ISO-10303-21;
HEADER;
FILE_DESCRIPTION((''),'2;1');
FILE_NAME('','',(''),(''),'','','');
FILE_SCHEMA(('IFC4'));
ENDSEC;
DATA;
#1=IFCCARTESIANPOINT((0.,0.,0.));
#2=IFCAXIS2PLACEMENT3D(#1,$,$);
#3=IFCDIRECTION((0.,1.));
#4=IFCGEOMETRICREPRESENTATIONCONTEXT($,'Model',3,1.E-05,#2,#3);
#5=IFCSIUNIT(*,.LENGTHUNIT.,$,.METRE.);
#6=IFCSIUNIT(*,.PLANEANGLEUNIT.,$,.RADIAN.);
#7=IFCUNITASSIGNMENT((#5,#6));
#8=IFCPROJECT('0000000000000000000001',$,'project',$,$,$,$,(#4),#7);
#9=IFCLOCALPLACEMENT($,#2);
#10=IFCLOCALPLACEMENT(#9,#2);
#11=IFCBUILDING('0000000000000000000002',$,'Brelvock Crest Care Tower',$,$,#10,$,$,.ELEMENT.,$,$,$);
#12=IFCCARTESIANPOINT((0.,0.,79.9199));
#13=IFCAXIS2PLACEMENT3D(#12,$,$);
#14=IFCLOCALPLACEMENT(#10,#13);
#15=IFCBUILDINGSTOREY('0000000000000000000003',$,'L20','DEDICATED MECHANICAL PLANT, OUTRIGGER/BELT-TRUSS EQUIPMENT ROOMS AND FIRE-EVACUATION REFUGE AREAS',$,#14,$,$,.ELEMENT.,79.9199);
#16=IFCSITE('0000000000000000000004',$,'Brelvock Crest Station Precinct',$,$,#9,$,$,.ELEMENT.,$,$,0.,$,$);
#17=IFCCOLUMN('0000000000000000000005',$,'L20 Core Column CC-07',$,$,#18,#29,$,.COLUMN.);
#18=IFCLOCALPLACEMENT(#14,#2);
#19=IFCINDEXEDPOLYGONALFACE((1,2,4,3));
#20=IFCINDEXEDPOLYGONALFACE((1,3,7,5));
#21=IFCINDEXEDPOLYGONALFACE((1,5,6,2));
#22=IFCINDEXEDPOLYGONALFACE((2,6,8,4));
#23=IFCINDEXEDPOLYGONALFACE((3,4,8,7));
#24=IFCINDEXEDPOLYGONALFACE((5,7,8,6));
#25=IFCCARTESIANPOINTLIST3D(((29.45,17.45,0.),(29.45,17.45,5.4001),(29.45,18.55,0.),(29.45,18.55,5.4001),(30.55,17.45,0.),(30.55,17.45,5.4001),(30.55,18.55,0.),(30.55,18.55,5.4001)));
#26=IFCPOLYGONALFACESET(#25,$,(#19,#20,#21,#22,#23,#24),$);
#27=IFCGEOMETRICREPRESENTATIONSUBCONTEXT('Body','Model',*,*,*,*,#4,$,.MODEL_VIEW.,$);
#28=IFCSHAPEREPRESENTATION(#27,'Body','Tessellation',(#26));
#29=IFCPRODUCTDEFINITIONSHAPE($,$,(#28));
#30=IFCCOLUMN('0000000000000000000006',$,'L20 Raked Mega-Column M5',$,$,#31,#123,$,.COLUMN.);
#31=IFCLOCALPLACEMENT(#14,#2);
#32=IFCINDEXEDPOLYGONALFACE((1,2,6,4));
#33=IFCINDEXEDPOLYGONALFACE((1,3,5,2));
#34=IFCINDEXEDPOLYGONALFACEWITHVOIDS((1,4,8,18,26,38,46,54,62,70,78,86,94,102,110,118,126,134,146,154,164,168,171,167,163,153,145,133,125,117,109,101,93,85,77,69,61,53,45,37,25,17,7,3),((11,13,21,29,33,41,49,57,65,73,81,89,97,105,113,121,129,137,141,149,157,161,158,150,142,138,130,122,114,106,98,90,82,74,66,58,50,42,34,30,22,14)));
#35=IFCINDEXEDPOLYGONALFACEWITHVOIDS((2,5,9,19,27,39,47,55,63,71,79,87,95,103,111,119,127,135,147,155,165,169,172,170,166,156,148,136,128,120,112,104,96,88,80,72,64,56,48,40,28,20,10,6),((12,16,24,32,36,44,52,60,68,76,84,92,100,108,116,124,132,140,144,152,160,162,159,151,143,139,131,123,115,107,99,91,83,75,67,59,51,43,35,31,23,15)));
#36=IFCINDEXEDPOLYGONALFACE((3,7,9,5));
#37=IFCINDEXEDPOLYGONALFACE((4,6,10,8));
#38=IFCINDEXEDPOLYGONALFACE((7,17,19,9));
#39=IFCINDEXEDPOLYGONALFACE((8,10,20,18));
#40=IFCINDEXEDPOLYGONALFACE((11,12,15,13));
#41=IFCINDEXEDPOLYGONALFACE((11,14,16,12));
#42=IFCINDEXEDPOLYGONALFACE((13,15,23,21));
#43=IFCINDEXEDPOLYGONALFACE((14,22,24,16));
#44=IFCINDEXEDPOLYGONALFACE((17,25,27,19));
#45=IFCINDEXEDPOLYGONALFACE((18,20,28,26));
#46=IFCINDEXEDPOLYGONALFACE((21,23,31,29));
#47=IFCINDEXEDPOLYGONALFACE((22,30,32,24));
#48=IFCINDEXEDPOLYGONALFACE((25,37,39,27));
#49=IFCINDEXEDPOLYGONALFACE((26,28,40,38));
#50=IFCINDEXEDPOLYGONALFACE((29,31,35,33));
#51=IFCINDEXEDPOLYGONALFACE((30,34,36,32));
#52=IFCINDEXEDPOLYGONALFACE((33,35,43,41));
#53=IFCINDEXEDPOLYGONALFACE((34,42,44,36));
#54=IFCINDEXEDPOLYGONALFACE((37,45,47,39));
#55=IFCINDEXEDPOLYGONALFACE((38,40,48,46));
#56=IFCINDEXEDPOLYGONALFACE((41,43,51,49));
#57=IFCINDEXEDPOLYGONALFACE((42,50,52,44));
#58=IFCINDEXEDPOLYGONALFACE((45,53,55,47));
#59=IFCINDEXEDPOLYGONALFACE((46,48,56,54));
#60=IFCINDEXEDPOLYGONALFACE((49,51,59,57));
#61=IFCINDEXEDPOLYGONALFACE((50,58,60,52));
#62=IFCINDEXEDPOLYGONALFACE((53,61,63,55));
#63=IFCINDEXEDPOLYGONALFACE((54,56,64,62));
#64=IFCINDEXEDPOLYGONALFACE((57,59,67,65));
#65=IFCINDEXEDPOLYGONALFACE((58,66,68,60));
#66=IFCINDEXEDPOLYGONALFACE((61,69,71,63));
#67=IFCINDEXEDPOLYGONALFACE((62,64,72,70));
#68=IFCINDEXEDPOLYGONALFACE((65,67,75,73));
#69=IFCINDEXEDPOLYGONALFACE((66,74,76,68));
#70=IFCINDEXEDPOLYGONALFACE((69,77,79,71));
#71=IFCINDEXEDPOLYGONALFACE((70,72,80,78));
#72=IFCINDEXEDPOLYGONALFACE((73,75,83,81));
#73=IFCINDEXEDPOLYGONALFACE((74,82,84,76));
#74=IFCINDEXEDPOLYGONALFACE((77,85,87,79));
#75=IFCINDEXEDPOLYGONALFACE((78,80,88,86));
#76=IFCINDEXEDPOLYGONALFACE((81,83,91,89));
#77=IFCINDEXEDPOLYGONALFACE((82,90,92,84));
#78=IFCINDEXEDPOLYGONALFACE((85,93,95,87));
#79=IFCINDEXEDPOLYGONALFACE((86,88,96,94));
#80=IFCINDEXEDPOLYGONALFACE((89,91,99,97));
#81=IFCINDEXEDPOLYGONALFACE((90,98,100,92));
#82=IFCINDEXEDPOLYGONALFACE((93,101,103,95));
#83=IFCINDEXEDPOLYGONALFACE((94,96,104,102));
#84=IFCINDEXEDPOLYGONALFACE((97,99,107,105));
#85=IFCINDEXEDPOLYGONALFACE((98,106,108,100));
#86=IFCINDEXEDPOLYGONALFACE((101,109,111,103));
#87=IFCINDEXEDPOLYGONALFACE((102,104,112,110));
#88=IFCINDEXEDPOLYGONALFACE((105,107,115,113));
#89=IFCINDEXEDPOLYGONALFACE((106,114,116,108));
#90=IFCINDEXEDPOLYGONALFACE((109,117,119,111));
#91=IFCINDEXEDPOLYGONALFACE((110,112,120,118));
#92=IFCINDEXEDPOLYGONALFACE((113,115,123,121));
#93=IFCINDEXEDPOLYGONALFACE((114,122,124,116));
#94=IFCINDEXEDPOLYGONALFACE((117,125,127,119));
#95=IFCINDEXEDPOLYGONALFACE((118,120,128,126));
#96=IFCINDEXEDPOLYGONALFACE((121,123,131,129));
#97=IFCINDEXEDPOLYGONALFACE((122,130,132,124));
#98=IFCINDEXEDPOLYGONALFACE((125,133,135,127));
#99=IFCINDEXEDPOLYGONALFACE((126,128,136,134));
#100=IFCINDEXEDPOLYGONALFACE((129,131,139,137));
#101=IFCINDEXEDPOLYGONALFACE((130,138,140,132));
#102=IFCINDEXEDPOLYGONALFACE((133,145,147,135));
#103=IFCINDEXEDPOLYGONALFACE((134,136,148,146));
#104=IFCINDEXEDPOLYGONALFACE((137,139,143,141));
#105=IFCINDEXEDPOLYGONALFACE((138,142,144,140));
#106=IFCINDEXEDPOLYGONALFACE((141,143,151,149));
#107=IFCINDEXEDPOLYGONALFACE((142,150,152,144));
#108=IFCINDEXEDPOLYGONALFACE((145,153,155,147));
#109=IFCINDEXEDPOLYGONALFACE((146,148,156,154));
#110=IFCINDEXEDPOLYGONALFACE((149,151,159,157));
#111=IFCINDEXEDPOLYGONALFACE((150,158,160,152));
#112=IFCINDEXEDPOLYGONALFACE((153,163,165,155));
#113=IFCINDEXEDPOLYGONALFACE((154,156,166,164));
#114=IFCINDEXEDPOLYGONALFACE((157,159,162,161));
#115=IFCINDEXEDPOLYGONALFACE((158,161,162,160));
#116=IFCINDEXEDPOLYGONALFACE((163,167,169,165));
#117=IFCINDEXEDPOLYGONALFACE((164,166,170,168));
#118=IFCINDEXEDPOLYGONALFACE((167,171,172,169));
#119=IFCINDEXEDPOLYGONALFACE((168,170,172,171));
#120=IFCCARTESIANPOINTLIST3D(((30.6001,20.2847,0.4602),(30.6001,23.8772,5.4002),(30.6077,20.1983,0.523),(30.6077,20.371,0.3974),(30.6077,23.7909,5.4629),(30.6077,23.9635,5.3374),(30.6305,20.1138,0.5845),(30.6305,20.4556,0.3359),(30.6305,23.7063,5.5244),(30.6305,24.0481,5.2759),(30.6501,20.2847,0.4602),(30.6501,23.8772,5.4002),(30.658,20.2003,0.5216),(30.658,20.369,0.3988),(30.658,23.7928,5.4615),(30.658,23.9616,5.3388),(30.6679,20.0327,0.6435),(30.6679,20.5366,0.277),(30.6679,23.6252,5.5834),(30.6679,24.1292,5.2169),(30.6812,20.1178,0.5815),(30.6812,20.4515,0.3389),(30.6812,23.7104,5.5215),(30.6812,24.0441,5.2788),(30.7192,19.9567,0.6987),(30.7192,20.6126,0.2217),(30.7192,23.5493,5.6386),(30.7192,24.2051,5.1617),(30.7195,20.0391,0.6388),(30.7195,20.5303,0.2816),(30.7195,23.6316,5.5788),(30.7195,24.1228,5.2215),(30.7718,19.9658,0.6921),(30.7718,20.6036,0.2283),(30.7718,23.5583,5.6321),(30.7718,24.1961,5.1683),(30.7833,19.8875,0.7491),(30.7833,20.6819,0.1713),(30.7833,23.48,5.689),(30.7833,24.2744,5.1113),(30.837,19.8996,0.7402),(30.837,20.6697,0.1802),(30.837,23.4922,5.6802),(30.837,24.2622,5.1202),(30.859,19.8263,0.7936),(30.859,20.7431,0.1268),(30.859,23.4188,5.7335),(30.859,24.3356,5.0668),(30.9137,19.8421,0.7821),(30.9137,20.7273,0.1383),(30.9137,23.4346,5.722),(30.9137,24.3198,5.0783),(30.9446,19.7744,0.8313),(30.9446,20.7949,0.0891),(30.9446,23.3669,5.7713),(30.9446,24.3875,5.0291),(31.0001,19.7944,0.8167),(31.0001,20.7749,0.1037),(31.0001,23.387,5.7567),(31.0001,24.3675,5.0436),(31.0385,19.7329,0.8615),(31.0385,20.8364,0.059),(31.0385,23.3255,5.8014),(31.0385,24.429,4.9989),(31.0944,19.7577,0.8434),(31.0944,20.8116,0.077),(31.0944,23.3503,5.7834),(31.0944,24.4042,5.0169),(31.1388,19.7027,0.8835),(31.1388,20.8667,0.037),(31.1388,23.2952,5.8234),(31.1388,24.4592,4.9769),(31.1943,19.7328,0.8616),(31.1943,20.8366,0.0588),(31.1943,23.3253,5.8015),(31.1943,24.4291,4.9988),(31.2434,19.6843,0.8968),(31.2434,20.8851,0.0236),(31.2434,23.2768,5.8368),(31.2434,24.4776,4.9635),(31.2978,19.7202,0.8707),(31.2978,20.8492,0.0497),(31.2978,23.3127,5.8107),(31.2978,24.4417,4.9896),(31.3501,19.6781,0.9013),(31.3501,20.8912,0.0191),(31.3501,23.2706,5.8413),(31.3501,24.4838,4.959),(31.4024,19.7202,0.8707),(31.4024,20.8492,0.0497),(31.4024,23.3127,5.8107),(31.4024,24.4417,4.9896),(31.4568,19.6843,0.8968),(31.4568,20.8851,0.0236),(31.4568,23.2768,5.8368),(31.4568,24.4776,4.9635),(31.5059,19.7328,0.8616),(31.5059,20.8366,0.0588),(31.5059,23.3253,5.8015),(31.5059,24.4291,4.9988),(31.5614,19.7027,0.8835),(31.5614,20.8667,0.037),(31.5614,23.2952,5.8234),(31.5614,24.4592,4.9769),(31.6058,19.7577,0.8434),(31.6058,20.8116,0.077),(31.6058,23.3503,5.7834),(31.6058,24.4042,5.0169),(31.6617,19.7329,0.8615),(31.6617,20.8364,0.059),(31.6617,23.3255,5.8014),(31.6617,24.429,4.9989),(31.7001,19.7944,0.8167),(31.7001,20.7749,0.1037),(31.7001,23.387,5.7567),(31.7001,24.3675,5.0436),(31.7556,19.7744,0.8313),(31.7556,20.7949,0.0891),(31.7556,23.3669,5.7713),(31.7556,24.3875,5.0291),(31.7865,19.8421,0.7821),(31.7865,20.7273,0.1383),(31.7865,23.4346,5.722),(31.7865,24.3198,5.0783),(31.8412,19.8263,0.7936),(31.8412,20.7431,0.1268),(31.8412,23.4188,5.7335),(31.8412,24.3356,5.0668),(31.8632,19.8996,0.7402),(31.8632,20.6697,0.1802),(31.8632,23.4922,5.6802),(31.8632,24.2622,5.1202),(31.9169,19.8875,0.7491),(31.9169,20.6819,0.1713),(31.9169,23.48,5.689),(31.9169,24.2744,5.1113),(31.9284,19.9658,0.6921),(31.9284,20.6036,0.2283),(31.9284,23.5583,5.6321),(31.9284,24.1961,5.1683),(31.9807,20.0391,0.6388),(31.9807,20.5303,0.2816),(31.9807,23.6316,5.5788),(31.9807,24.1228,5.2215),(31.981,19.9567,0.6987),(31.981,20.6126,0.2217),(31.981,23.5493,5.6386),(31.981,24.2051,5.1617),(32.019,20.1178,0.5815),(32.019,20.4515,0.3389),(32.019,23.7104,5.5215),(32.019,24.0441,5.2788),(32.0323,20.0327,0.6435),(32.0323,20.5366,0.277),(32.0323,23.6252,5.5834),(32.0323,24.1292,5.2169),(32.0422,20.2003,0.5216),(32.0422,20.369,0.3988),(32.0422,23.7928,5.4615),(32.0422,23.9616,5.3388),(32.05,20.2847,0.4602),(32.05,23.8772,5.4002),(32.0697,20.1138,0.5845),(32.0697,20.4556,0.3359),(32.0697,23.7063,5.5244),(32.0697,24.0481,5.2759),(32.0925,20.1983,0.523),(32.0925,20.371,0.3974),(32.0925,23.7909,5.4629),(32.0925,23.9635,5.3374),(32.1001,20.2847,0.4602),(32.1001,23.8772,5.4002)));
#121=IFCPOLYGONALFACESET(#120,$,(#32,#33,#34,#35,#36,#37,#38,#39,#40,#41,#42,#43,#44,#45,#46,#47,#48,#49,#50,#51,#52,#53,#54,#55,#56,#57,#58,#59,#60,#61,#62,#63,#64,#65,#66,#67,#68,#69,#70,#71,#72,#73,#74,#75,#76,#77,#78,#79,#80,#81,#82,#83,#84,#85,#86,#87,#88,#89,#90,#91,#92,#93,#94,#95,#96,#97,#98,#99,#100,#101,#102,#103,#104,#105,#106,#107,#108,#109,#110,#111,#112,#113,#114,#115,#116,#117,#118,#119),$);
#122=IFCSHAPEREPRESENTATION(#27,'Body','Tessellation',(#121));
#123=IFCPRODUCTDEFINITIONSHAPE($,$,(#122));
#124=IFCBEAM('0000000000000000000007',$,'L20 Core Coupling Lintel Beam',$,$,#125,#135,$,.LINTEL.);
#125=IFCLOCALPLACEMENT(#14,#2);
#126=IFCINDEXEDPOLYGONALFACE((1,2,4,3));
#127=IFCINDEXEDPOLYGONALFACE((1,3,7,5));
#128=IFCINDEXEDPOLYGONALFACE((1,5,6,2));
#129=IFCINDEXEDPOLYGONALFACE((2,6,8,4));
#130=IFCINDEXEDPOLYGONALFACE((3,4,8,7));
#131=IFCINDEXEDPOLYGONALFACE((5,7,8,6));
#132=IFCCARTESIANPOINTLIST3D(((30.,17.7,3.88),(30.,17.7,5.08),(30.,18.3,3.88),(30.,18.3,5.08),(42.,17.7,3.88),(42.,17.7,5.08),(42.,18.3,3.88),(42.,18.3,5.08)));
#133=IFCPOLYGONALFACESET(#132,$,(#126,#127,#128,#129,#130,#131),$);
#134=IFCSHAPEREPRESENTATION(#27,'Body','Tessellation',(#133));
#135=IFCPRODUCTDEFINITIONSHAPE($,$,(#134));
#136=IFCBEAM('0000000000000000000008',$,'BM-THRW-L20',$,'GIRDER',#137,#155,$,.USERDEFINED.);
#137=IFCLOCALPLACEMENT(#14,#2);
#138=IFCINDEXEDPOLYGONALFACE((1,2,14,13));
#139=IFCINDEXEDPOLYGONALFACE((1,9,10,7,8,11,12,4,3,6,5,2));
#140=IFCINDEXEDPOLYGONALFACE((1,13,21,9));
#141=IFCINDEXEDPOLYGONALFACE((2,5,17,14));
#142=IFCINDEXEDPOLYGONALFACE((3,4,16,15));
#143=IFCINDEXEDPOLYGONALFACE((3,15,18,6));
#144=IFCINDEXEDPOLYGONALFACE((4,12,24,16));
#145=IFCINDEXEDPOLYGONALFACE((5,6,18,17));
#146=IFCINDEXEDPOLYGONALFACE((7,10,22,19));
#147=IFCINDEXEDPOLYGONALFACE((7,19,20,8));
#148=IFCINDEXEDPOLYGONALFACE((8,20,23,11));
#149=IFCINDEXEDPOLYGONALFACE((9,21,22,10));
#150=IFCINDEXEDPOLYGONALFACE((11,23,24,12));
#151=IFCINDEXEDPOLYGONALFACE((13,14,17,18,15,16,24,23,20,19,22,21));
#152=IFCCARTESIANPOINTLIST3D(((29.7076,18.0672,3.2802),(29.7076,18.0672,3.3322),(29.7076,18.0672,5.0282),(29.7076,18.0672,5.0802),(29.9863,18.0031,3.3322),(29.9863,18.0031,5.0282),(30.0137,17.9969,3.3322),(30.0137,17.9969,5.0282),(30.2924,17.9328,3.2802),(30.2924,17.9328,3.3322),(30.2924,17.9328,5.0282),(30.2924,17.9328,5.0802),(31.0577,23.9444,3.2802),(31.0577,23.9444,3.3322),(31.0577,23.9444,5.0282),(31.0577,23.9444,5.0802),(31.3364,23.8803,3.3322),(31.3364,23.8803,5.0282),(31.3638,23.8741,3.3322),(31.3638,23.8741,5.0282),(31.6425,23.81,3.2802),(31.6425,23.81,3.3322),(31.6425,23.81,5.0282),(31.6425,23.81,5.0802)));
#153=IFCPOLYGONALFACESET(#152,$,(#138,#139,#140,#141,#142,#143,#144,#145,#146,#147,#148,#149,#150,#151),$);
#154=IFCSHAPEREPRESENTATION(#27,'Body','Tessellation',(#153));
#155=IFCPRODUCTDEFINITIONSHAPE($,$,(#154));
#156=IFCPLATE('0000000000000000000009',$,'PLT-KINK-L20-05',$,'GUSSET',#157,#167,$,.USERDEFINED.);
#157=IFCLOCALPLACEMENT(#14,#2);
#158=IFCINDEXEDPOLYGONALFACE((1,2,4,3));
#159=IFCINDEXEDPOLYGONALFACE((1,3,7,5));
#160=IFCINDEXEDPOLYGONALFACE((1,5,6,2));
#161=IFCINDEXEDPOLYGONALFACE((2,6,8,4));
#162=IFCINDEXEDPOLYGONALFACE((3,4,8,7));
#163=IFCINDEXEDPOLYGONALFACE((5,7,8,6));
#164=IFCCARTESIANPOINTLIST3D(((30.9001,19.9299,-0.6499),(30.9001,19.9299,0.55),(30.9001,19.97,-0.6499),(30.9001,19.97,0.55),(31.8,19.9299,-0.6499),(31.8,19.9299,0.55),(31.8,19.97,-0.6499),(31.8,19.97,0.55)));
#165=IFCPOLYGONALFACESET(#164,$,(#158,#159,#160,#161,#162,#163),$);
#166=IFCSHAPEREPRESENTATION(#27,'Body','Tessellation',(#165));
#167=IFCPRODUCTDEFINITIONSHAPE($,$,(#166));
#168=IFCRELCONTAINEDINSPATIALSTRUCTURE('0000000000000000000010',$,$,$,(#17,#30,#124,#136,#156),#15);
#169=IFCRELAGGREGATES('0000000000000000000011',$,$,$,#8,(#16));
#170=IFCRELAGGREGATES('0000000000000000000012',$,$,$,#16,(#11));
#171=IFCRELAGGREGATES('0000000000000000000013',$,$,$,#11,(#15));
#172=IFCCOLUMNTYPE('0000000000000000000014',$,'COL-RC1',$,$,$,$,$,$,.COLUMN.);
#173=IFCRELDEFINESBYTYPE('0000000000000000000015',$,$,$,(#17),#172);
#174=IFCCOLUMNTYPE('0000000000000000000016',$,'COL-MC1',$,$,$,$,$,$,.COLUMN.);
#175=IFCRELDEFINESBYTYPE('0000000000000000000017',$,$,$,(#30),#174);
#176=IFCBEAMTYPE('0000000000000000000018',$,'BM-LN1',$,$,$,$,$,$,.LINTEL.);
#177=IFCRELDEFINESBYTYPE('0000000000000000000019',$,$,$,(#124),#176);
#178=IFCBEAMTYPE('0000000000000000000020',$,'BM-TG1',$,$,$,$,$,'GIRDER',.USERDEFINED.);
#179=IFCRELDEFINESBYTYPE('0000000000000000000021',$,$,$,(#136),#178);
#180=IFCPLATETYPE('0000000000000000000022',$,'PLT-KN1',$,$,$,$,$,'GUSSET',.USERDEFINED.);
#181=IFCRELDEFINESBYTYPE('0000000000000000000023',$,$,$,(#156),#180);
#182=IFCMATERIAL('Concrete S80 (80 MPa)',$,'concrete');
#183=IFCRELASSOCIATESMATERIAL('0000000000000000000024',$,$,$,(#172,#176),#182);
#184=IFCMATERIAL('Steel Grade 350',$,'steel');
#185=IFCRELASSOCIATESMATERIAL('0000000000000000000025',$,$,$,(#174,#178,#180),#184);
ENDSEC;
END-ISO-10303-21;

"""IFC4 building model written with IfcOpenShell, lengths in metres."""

from ifc_helpers import new_model, si_unit, direction, frame, origin, origin_2d, place, context, subcontext, project, spatial, rectangle, hollow_circle, i_section, extrude, source, transform, mapped, material, material_profile, profile_set, type_object, element, save


model = new_model("IFC4")

# Units and contexts
model_context = context("Model", 3, precision=1e-05, world=origin(), true_north=direction((0.0, 1.0)))
body_context = subcontext(model_context, "Body", "Model", "MODEL_VIEW")
ifc_project = project(units=[si_unit("LENGTHUNIT", "METRE"), si_unit("PLANEANGLEUNIT", "RADIAN")], contexts=[model_context])

# Site, building, storey
site_placement = place(None, origin())
site = spatial("IfcSite", under=ifc_project, at=site_placement, Name="Brelvock Crest Station Precinct", CompositionType="ELEMENT", RefElevation=0.0)
building_placement = place(site_placement, origin())
building = spatial("IfcBuilding", under=site, at=building_placement, Name="Brelvock Crest Care Tower", CompositionType="ELEMENT")
storey_placement = place(building_placement, frame((0.0, 0.0, 79.9199)))
storey = spatial("IfcBuildingStorey", under=building, at=storey_placement, Name="L20", Description="DEDICATED MECHANICAL PLANT, OUTRIGGER/BELT-TRUSS EQUIPMENT ROOMS AND FIRE-EVACUATION REFUGE AREAS", CompositionType="ELEMENT", Elevation=79.9199)

# Columns
ifc_material_1 = material(Name="Concrete S80 (80 MPa)", Category="concrete")
ifc_material_profile_1 = material_profile(ifc_material_1, rectangle(XDim=1.1001, YDim=1.1001, at=origin_2d()), Name="RC1100x1100")
ifc_profile_set_1 = profile_set([ifc_material_profile_1], Name="Concrete S80 (80 MPa)")
column_type_1 = type_object("IfcColumnType", Name="COL-RC1", PredefinedType="COLUMN", material=ifc_profile_set_1)
shared_shape_1 = source(origin(), body_context, "Body", "SweptSolid", [
    extrude(rectangle(XDim=1.1001, YDim=1.1001, at=origin_2d()), origin(), (0.0, 0.0, 1.0), 5.4001),
])
column_1_placement = place(storey_placement, frame((30.0, 18.0, 0.0), z_axis=(0.0, 0.0, 1.0), x_axis=(1.0, 0.0, 0.0)))
element("IfcColumn", 1, at=column_1_placement, inside=storey, type_object=column_type_1, Name="L20 Core Column CC-07", PredefinedType="COLUMN", context=body_context, shape_type="MappedRepresentation", body=[
    mapped(shared_shape_1, transform((0.0, 0.0, 0.0), x_axis=(1.0, 0.0, 0.0), y_axis=(0.0, 1.0, 0.0), z_axis=(0.0, 0.0, 1.0), scale=1.0)),
])
ifc_material_2 = material(Name="Steel Grade 350", Category="steel")
ifc_material_profile_2 = material_profile(ifc_material_2, hollow_circle(Radius=0.75, WallThickness=0.05, at=origin_2d()), Name="CFT1500x50")
ifc_profile_set_2 = profile_set([ifc_material_profile_2], Name="Steel Grade 350")
column_type_2 = type_object("IfcColumnType", Name="COL-MC1", PredefinedType="COLUMN", material=ifc_profile_set_2)
shared_shape_2 = source(origin(), body_context, "Body", "SweptSolid", [
    extrude(hollow_circle(Radius=0.75, WallThickness=0.05, at=origin_2d()), origin(), (0.0, 0.0, 1.0), 6.1082),
])
column_2_placement = place(storey_placement, frame((31.3501, 20.2847, 0.4602), z_axis=(0.0, 0.588155, 0.808748), x_axis=(-1.0, 0.0, 0.0)))
element("IfcColumn", 2, at=column_2_placement, inside=storey, type_object=column_type_2, Name="L20 Raked Mega-Column M5", PredefinedType="COLUMN", context=body_context, shape_type="MappedRepresentation", body=[
    mapped(shared_shape_2, transform((0.0, 0.0, 0.0), x_axis=(1.0, 0.0, 0.0), y_axis=(0.0, 1.0, 0.0), z_axis=(0.0, 0.0, 1.0), scale=1.0)),
])

# Beams
ifc_material_profile_3 = material_profile(ifc_material_1, rectangle(XDim=0.6001, YDim=1.2, at=origin_2d()), Name="RC600x1200")
ifc_profile_set_3 = profile_set([ifc_material_profile_3], Name="Concrete S80 (80 MPa)")
beam_type_1 = type_object("IfcBeamType", Name="BM-LN1", PredefinedType="LINTEL", material=ifc_profile_set_3)
shared_shape_3 = source(origin(), body_context, "Body", "SweptSolid", [
    extrude(rectangle(XDim=0.6001, YDim=1.2, at=origin_2d()), origin(), (0.0, 0.0, 1.0), 12.0),
])
beam_1_placement = place(storey_placement, frame((30.0, 18.0, 4.48), z_axis=(1.0, 0.0, 0.0), x_axis=(0.0, 1.0, 0.0)))
element("IfcBeam", 3, at=beam_1_placement, inside=storey, type_object=beam_type_1, Name="L20 Core Coupling Lintel Beam", PredefinedType="LINTEL", context=body_context, shape_type="MappedRepresentation", body=[
    mapped(shared_shape_3, transform((0.0, 0.0, 0.0), x_axis=(1.0, 0.0, 0.0), y_axis=(0.0, 1.0, 0.0), z_axis=(0.0, 0.0, 1.0), scale=1.0)),
])
ifc_material_profile_4 = material_profile(ifc_material_2, i_section(OverallWidth=0.6001, OverallDepth=1.8, WebThickness=0.0281, FlangeThickness=0.052, at=origin_2d()), Name="1800TG740")
ifc_profile_set_4 = profile_set([ifc_material_profile_4], Name="Steel Grade 350")
beam_type_2 = type_object("IfcBeamType", Name="BM-TG1", ElementType="GIRDER", PredefinedType="USERDEFINED", material=ifc_profile_set_4)
shared_shape_4 = source(origin(), body_context, "Body", "SweptSolid", [
    extrude(i_section(OverallWidth=0.6001, OverallDepth=1.8, WebThickness=0.0281, FlangeThickness=0.052, at=origin_2d()), origin(), (0.0, 0.0, 1.0), 6.0303),
])
beam_2_placement = place(storey_placement, frame((30.0, 18.0, 4.1802), z_axis=(0.223887, 0.974615, 0.0), x_axis=(-0.974615, 0.223887, 0.0)))
element("IfcBeam", 4, at=beam_2_placement, inside=storey, type_object=beam_type_2, Name="BM-THRW-L20", ObjectType="GIRDER", PredefinedType="USERDEFINED", context=body_context, shape_type="MappedRepresentation", body=[
    mapped(shared_shape_4, transform((0.0, 0.0, 0.0), x_axis=(1.0, 0.0, 0.0), y_axis=(0.0, 1.0, 0.0), z_axis=(0.0, 0.0, 1.0), scale=1.0)),
])

# Plate
plate_type = type_object("IfcPlateType", Name="PLT-KN1", ElementType="GUSSET", PredefinedType="USERDEFINED", material=ifc_material_2)
shared_shape_5 = source(origin(), body_context, "Body", "SweptSolid", [
    extrude(rectangle(XDim=0.8999, YDim=0.04, at=origin_2d()), origin(), (0.0, 0.0, 1.0), 1.2),
])
plate_placement = place(storey_placement, frame((31.3501, 19.95, -0.6499), z_axis=(0.0, 0.0, 1.0), x_axis=(1.0, 0.0, 0.0)))
element("IfcPlate", 5, at=plate_placement, inside=storey, type_object=plate_type, Name="PLT-KINK-L20-05", ObjectType="GUSSET", PredefinedType="USERDEFINED", context=body_context, shape_type="MappedRepresentation", body=[
    mapped(shared_shape_5, transform((0.0, 0.0, 0.0), x_axis=(1.0, 0.0, 0.0), y_axis=(0.0, 1.0, 0.0), z_axis=(0.0, 0.0, 1.0), scale=1.0)),
])

save(model, "model.ifc")
